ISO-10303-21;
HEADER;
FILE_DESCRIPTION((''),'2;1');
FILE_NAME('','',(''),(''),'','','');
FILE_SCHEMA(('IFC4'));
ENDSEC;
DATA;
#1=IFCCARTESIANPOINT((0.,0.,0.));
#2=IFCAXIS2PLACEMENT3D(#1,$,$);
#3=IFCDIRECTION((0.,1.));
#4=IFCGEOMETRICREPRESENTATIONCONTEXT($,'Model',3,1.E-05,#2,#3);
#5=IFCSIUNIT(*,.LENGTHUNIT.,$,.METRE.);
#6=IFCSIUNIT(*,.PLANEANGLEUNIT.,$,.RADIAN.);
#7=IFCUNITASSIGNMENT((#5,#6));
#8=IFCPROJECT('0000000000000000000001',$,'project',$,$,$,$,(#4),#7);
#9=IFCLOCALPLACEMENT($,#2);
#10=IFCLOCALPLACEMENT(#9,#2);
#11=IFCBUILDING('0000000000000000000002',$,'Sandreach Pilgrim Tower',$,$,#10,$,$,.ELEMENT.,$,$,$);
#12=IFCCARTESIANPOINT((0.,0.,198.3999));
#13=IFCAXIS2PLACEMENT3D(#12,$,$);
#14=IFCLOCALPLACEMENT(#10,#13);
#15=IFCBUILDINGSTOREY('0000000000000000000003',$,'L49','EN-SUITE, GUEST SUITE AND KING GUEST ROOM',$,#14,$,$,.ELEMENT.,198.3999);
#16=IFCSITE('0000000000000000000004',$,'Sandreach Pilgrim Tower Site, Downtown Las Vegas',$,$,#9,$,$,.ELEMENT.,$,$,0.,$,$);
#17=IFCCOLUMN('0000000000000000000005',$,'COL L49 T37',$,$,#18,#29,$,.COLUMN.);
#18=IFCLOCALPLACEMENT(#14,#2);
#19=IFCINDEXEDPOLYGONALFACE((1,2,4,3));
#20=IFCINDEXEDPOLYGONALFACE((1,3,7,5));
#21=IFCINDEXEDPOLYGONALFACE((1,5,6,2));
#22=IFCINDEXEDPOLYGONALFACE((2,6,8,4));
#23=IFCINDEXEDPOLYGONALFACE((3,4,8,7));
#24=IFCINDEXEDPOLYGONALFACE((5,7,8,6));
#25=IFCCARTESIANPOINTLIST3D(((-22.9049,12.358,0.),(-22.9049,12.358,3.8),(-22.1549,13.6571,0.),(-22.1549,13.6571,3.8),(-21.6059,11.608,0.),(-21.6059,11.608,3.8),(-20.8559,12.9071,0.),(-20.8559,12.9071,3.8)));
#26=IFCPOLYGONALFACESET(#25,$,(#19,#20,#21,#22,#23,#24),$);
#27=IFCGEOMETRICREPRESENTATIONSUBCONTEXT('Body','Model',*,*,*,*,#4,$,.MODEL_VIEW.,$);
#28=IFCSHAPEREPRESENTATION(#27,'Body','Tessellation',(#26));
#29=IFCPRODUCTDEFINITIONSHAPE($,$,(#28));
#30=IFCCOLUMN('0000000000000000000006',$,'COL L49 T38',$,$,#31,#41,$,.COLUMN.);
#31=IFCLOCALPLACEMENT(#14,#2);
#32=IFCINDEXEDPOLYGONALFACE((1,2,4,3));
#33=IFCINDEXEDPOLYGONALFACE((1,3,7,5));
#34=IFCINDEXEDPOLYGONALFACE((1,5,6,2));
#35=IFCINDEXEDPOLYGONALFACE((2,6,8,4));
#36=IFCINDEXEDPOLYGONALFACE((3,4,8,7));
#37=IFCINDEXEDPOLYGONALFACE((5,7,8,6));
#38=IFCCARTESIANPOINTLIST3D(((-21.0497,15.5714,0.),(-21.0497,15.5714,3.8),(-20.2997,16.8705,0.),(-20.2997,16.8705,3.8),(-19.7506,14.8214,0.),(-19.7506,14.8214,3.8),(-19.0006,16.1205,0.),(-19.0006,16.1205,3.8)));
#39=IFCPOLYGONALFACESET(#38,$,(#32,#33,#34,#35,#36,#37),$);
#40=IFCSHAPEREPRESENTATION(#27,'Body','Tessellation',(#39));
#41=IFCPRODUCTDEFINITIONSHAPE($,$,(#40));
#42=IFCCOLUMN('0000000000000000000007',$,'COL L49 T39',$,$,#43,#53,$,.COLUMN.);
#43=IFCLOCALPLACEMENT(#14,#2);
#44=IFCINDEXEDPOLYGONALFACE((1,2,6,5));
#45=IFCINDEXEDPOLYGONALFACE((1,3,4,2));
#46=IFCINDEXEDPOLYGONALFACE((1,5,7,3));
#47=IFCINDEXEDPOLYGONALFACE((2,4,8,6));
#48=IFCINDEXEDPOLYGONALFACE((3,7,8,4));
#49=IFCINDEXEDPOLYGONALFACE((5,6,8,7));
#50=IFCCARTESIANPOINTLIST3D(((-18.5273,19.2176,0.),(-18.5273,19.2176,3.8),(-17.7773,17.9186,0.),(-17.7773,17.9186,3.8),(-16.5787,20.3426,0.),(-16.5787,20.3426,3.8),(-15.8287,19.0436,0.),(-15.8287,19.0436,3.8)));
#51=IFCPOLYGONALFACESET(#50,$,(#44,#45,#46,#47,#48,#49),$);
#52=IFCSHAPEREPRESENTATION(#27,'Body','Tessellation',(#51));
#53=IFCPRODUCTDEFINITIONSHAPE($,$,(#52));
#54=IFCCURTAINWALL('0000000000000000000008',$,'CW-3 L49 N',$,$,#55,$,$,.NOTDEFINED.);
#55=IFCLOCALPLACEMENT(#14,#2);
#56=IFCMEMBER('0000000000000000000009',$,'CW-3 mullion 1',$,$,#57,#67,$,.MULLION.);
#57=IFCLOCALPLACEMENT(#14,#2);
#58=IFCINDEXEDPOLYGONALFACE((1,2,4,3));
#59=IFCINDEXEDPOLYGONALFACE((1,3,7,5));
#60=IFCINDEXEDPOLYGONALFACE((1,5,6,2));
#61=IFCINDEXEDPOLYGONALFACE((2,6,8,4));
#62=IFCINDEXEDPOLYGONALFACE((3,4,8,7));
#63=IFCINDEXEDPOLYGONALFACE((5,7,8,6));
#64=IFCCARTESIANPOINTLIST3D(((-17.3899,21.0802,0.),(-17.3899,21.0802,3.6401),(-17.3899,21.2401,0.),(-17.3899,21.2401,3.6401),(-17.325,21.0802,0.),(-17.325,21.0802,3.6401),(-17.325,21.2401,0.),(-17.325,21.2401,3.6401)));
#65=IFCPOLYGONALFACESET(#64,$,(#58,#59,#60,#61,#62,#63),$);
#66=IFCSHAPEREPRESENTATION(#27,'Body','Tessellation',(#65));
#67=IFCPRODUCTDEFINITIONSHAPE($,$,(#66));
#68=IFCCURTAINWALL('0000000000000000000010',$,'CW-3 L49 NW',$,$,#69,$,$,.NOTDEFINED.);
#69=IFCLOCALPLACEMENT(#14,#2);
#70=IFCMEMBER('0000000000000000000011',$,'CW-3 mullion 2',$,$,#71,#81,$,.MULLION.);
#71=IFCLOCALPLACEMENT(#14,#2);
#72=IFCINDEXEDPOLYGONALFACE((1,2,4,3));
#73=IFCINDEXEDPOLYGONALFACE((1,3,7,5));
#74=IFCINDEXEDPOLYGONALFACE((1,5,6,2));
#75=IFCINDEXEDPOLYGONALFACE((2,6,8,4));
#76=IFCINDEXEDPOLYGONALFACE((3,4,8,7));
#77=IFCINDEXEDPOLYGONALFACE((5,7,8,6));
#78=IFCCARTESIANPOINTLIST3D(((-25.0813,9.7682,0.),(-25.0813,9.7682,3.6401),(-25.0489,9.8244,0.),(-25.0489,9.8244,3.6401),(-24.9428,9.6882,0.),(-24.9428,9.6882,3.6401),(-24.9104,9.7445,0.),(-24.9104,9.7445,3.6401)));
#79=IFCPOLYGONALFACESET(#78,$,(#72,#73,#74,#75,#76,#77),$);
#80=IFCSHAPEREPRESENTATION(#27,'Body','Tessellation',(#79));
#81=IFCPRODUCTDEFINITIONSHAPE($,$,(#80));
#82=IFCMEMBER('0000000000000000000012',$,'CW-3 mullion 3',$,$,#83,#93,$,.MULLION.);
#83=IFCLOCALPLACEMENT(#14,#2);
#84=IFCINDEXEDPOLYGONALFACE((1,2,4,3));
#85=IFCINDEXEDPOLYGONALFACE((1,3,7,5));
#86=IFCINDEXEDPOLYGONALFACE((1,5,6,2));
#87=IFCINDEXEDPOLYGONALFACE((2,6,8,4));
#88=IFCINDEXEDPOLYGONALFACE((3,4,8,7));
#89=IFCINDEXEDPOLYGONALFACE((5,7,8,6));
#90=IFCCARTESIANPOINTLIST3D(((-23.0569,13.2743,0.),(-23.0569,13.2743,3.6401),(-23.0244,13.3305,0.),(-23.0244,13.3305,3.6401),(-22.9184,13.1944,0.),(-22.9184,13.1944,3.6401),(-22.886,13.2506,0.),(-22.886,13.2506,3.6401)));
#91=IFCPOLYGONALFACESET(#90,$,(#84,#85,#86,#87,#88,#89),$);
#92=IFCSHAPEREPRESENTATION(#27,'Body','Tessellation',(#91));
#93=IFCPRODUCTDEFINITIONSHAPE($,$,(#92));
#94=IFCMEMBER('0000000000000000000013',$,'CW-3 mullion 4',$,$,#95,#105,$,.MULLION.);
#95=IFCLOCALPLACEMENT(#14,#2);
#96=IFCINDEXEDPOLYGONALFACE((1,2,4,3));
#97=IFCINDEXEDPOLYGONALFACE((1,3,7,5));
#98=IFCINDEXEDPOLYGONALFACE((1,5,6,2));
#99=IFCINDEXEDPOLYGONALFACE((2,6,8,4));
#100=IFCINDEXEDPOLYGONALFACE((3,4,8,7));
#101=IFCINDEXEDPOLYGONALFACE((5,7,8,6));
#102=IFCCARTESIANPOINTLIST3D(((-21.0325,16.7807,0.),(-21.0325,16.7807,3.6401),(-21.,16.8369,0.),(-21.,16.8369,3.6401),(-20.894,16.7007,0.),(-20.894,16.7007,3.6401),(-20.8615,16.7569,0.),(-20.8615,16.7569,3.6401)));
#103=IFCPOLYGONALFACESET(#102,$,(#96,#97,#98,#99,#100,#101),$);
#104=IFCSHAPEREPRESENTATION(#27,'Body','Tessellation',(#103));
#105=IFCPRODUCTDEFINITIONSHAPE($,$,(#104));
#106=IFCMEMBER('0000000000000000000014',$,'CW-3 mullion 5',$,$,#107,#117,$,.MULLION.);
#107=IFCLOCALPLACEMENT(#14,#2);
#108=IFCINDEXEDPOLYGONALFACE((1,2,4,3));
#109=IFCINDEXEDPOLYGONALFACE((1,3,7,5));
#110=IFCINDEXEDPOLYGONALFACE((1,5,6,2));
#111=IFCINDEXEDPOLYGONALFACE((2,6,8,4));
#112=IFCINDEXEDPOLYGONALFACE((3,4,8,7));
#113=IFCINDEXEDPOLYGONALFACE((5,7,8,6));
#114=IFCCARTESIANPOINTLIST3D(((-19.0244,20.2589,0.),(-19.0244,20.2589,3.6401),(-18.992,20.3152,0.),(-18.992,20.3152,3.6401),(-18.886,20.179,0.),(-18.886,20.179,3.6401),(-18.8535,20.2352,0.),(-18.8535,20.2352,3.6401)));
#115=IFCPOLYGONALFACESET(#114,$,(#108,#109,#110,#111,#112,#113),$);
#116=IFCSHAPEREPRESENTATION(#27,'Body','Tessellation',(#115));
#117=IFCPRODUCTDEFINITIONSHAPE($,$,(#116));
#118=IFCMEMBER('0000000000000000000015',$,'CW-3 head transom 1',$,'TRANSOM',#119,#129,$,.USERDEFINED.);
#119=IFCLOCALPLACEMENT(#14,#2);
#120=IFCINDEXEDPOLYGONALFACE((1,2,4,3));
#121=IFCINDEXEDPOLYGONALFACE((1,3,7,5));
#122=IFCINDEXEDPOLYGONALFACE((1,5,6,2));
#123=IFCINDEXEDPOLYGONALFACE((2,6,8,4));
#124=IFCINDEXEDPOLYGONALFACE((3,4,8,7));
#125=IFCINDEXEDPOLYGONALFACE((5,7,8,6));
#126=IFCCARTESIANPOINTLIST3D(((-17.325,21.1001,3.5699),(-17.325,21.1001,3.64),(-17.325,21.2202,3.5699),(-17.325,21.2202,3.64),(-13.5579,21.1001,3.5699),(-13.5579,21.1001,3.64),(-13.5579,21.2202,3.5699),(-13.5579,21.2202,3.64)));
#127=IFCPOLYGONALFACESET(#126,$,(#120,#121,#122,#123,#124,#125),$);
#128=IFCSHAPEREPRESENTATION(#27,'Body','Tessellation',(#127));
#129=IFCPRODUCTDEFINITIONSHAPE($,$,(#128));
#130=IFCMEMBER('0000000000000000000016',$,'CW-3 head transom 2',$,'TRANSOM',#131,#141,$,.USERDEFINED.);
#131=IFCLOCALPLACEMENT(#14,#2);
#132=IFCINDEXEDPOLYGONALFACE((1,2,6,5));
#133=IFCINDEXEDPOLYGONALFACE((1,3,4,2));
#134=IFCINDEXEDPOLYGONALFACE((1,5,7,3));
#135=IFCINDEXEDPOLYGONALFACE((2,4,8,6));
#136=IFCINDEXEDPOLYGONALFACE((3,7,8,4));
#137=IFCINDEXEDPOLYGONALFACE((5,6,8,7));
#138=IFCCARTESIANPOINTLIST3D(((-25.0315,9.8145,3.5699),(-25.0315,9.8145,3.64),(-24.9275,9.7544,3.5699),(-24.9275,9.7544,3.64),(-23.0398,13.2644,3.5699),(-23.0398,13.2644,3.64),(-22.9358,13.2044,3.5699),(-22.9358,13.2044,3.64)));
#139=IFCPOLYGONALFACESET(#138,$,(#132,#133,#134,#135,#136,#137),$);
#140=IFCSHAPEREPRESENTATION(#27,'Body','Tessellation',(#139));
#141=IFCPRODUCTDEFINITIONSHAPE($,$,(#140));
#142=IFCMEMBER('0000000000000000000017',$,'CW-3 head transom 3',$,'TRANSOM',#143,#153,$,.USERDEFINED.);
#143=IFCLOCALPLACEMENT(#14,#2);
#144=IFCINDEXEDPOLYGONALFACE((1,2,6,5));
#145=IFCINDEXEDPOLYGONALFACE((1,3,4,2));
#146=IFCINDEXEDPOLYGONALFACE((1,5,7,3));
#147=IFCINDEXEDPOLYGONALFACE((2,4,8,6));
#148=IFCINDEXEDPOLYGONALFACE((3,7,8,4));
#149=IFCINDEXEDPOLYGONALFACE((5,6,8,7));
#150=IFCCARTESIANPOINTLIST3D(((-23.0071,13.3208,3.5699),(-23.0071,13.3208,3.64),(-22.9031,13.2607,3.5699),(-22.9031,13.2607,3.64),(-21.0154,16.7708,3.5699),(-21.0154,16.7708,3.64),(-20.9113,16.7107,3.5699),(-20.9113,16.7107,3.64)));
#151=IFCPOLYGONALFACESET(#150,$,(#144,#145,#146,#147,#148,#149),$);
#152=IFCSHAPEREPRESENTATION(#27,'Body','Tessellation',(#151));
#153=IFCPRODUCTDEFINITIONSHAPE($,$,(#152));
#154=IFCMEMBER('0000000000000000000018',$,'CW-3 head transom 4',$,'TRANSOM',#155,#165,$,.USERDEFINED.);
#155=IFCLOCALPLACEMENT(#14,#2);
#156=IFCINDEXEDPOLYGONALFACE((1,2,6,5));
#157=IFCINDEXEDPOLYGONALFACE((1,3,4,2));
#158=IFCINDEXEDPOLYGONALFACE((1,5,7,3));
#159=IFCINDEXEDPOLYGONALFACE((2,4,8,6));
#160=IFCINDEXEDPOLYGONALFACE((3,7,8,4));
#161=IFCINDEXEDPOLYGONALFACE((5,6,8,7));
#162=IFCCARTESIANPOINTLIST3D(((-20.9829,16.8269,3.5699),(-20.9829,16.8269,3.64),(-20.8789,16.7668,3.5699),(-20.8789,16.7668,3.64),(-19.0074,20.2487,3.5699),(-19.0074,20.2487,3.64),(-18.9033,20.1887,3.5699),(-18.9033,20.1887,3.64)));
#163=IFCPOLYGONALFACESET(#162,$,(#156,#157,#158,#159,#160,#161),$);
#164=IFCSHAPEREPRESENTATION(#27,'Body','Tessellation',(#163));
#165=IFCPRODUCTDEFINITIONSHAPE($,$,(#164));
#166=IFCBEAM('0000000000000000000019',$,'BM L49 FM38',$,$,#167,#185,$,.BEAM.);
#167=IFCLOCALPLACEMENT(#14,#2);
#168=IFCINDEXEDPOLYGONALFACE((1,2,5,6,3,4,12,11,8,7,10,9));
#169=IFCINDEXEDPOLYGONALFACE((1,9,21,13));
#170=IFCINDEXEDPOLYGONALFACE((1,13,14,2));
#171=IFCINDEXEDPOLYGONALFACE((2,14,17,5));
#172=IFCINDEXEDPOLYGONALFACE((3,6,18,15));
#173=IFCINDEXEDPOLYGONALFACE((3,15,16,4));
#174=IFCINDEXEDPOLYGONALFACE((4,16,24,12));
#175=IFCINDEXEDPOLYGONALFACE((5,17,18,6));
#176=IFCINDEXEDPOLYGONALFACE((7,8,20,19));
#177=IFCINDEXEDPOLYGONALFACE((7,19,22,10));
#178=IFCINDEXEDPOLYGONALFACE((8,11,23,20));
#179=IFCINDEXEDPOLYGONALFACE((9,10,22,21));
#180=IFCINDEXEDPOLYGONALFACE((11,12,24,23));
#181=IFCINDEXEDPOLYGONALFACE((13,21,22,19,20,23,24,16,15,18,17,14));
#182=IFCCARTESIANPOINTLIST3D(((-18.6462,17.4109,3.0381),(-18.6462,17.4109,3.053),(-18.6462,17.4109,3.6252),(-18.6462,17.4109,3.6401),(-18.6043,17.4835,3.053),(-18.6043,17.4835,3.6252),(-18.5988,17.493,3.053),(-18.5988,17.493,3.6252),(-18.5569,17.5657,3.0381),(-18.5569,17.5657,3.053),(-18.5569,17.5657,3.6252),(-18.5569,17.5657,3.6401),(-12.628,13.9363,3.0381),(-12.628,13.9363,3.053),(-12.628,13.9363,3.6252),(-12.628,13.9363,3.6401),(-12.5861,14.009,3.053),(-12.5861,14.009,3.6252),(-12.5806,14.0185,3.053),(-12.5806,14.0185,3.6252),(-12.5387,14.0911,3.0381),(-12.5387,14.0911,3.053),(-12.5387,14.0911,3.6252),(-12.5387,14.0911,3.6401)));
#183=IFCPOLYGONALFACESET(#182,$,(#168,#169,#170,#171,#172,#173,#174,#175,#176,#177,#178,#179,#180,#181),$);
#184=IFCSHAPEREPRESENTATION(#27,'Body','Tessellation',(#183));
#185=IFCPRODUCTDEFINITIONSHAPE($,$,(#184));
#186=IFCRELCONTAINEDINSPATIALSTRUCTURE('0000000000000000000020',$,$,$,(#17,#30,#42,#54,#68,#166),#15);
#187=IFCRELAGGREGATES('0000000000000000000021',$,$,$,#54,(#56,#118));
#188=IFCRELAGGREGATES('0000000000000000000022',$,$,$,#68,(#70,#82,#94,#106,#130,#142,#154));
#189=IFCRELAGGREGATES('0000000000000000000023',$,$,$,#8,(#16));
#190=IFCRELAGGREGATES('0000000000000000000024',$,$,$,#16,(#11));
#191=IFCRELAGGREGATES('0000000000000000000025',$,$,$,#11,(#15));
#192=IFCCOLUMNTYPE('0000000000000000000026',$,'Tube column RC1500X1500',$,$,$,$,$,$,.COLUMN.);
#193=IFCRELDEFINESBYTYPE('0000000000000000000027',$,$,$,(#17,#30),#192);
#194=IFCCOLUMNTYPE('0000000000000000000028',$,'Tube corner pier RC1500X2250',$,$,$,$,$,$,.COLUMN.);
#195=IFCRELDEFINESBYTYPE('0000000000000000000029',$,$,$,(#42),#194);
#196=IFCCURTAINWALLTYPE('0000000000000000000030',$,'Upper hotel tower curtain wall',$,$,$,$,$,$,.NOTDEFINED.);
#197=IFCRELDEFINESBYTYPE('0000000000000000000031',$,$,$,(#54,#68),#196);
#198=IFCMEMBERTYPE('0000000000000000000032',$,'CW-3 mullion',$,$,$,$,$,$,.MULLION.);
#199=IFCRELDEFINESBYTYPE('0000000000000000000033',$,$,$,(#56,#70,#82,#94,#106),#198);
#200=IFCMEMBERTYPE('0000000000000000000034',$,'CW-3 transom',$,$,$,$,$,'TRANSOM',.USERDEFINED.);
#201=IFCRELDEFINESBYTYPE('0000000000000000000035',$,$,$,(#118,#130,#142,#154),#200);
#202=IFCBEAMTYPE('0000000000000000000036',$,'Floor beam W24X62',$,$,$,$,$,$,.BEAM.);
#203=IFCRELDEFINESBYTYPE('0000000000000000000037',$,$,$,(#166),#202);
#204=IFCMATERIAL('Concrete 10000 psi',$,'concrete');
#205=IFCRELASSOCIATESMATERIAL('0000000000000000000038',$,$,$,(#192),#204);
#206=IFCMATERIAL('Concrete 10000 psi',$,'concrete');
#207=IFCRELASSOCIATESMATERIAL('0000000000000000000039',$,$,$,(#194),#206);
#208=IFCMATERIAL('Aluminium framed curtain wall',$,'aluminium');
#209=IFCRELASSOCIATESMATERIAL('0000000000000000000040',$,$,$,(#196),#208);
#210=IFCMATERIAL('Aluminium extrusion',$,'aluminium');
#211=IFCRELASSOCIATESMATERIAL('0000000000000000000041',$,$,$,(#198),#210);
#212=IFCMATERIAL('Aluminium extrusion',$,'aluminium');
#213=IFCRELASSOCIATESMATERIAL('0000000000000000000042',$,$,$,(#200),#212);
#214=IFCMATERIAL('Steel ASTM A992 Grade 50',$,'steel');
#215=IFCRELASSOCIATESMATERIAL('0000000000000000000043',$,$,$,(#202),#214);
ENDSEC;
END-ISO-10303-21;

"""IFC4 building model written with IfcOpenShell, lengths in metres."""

from ifc_helpers import new_model, si_unit, direction, frame, origin, origin_2d, place, context, subcontext, project, spatial, rectangle, i_section, extrude, material, material_profile, profile_set, type_object, element, aggregate, save


model = new_model("IFC4")

# Units and contexts
model_context = context("Model", 3, precision=1e-05, world=origin(), true_north=direction((0.0, 1.0)))
body_context = subcontext(model_context, "Body", "Model", "MODEL_VIEW")
ifc_project = project(units=[si_unit("LENGTHUNIT", "METRE"), si_unit("PLANEANGLEUNIT", "RADIAN")], contexts=[model_context])

# Site, building, storey
site_placement = place(None, origin())
site = spatial("IfcSite", under=ifc_project, at=site_placement, Name="Sandreach Pilgrim Tower Site, Downtown Las Vegas", CompositionType="ELEMENT", RefElevation=0.0)
building_placement = place(site_placement, origin())
building = spatial("IfcBuilding", under=site, at=building_placement, Name="Sandreach Pilgrim Tower", CompositionType="ELEMENT")
storey_placement = place(building_placement, frame((0.0, 0.0, 198.3999)))
storey = spatial("IfcBuildingStorey", under=building, at=storey_placement, Name="L49", Description="EN-SUITE, GUEST SUITE AND KING GUEST ROOM", CompositionType="ELEMENT", Elevation=198.3999)

# Columns
ifc_material_1 = material(Name="Concrete 10000 psi", Category="concrete")
ifc_material_profile_1 = material_profile(ifc_material_1, rectangle(XDim=1.5, YDim=1.5, at=origin_2d()), Name="RC1500X1500")
ifc_profile_set_1 = profile_set([ifc_material_profile_1], Name="Concrete 10000 psi")
column_type_1 = type_object("IfcColumnType", Name="Tube column RC1500X1500", PredefinedType="COLUMN", material=ifc_profile_set_1)
for number, where, z_axis, x_axis, name in (
    (1, (-21.8804, 12.6326, 0.0), (0.0, 0.0, 1.0), (-0.866025, 0.5, 0.0), "COL L49 T37"),
    (2, (-20.0251, 15.8459, 0.0), (0.0, 0.0, 1.0), (-0.866025, 0.5, 0.0), "COL L49 T38"),
):
    element("IfcColumn", number, at=place(storey_placement, frame(where, z_axis=z_axis, x_axis=x_axis)), inside=storey, type_object=column_type_1, Name=name, PredefinedType="COLUMN", context=body_context, shape_type="SweptSolid", body=[
        extrude(rectangle(XDim=1.5, YDim=1.5, at=origin_2d()), origin(), (0.0, 0.0, 1.0), 3.8),
    ])
ifc_material_2 = material(Name="Concrete 10000 psi", Category="concrete")
ifc_material_profile_2 = material_profile(ifc_material_2, rectangle(XDim=1.5, YDim=2.25, at=origin_2d()), Name="RC1500X2250")
ifc_profile_set_2 = profile_set([ifc_material_profile_2], Name="Concrete 10000 psi")
column_type_2 = type_object("IfcColumnType", Name="Tube corner pier RC1500X2250", PredefinedType="COLUMN", material=ifc_profile_set_2)
column_placement = place(storey_placement, frame((-17.178, 19.1306, 0.0), z_axis=(0.0, 0.0, 1.0), x_axis=(-0.5, 0.866025, 0.0)))
element("IfcColumn", 3, at=column_placement, inside=storey, type_object=column_type_2, Name="COL L49 T39", PredefinedType="COLUMN", context=body_context, shape_type="SweptSolid", body=[
    extrude(rectangle(XDim=1.5, YDim=2.25, at=origin_2d()), origin(), (0.0, 0.0, 1.0), 3.8),
])

# Curtain wall, member
ifc_material_3 = material(Name="Aluminium framed curtain wall", Category="aluminium")
curtain_wall_type = type_object("IfcCurtainWallType", Name="Upper hotel tower curtain wall", PredefinedType="NOTDEFINED", material=ifc_material_3)
curtain_wall_1_placement = place(storey_placement, origin())
curtain_wall_1 = element("IfcCurtainWall", 4, at=curtain_wall_1_placement, inside=storey, type_object=curtain_wall_type, Name="CW-3 L49 N", PredefinedType="NOTDEFINED")
ifc_material_4 = material(Name="Aluminium extrusion", Category="aluminium")
ifc_material_profile_3 = material_profile(ifc_material_4, rectangle(XDim=0.0649, YDim=0.1599, at=origin_2d()), Name="CW-3M 65X160")
ifc_profile_set_3 = profile_set([ifc_material_profile_3], Name="Aluminium extrusion")
member_type_1 = type_object("IfcMemberType", Name="CW-3 mullion", PredefinedType="MULLION", material=ifc_profile_set_3)
member_1_placement = place(storey_placement, frame((-17.3574, 21.1602, 0.0), z_axis=(0.0, 0.0, 1.0), x_axis=(1.0, 0.0, 0.0)))
member_1 = element("IfcMember", 5, at=member_1_placement, type_object=member_type_1, Name="CW-3 mullion 1", PredefinedType="MULLION", context=body_context, shape_type="SweptSolid", body=[
    extrude(rectangle(XDim=0.0649, YDim=0.1599, at=origin_2d()), origin(), (0.0, 0.0, 1.0), 3.6401),
])

# Curtain wall, members
curtain_wall_2_placement = place(storey_placement, origin())
curtain_wall_2 = element("IfcCurtainWall", 6, at=curtain_wall_2_placement, inside=storey, type_object=curtain_wall_type, Name="CW-3 L49 NW", PredefinedType="NOTDEFINED")
member_2_placement = place(storey_placement, frame((-24.9958, 9.7563, 0.0), z_axis=(0.0, 0.0, 1.0), x_axis=(0.5, 0.866025, 0.0)))
member_2 = element("IfcMember", 7, at=member_2_placement, type_object=member_type_1, Name="CW-3 mullion 2", PredefinedType="MULLION", context=body_context, shape_type="SweptSolid", body=[
    extrude(rectangle(XDim=0.0649, YDim=0.1599, at=origin_2d()), origin(), (0.0, 0.0, 1.0), 3.6401),
])
member_3_placement = place(storey_placement, frame((-22.9714, 13.2625, 0.0), z_axis=(0.0, 0.0, 1.0), x_axis=(0.5, 0.866025, 0.0)))
member_3 = element("IfcMember", 8, at=member_3_placement, type_object=member_type_1, Name="CW-3 mullion 3", PredefinedType="MULLION", context=body_context, shape_type="SweptSolid", body=[
    extrude(rectangle(XDim=0.0649, YDim=0.1599, at=origin_2d()), origin(), (0.0, 0.0, 1.0), 3.6401),
])
member_4_placement = place(storey_placement, frame((-20.947, 16.7688, 0.0), z_axis=(0.0, 0.0, 1.0), x_axis=(0.5, 0.866025, 0.0)))
member_4 = element("IfcMember", 9, at=member_4_placement, type_object=member_type_1, Name="CW-3 mullion 4", PredefinedType="MULLION", context=body_context, shape_type="SweptSolid", body=[
    extrude(rectangle(XDim=0.0649, YDim=0.1599, at=origin_2d()), origin(), (0.0, 0.0, 1.0), 3.6401),
])
member_5_placement = place(storey_placement, frame((-18.939, 20.2471, 0.0), z_axis=(0.0, 0.0, 1.0), x_axis=(0.5, 0.866025, 0.0)))
member_5 = element("IfcMember", 10, at=member_5_placement, type_object=member_type_1, Name="CW-3 mullion 5", PredefinedType="MULLION", context=body_context, shape_type="SweptSolid", body=[
    extrude(rectangle(XDim=0.0649, YDim=0.1599, at=origin_2d()), origin(), (0.0, 0.0, 1.0), 3.6401),
])

# Members
ifc_material_5 = material(Name="Aluminium extrusion", Category="aluminium")
ifc_material_profile_4 = material_profile(ifc_material_5, rectangle(XDim=0.1201, YDim=0.0701, at=origin_2d()), Name="CW-3T 120X70")
ifc_profile_set_4 = profile_set([ifc_material_profile_4], Name="Aluminium extrusion")
member_type_2 = type_object("IfcMemberType", Name="CW-3 transom", ElementType="TRANSOM", PredefinedType="USERDEFINED", material=ifc_profile_set_4)
member_6_placement = place(storey_placement, frame((-17.325, 21.1602, 3.605), z_axis=(1.0, 0.0, 0.0), x_axis=(0.0, 1.0, 0.0)))
member_6 = element("IfcMember", 11, at=member_6_placement, type_object=member_type_2, Name="CW-3 head transom 1", ObjectType="TRANSOM", PredefinedType="USERDEFINED", context=body_context, shape_type="SweptSolid", body=[
    extrude(rectangle(XDim=0.1201, YDim=0.0701, at=origin_2d()), origin(), (0.0, 0.0, 1.0), 3.7671),
])
aggregate(curtain_wall_1, [member_1, member_6])
member_7_placement = place(storey_placement, frame((-24.9795, 9.7844, 3.605), z_axis=(0.499975, 0.86604, 0.0), x_axis=(-0.86604, 0.499975, 0.0)))
member_7 = element("IfcMember", 12, at=member_7_placement, type_object=member_type_2, Name="CW-3 head transom 2", ObjectType="TRANSOM", PredefinedType="USERDEFINED", context=body_context, shape_type="SweptSolid", body=[
    extrude(rectangle(XDim=0.1201, YDim=0.0701, at=origin_2d()), origin(), (0.0, 0.0, 1.0), 3.9836),
])
member_8_placement = place(storey_placement, frame((-22.9551, 13.2908, 3.605), z_axis=(0.499975, 0.86604, 0.0), x_axis=(-0.86604, 0.499975, 0.0)))
member_8 = element("IfcMember", 13, at=member_8_placement, type_object=member_type_2, Name="CW-3 head transom 3", ObjectType="TRANSOM", PredefinedType="USERDEFINED", context=body_context, shape_type="SweptSolid", body=[
    extrude(rectangle(XDim=0.1201, YDim=0.0701, at=origin_2d()), origin(), (0.0, 0.0, 1.0), 3.9836),
])
member_9_placement = place(storey_placement, frame((-20.9309, 16.7969, 3.605), z_axis=(0.499993, 0.866029, 0.0), x_axis=(-0.866029, 0.499993, 0.0)))
member_9 = element("IfcMember", 14, at=member_9_placement, type_object=member_type_2, Name="CW-3 head transom 4", ObjectType="TRANSOM", PredefinedType="USERDEFINED", context=body_context, shape_type="SweptSolid", body=[
    extrude(rectangle(XDim=0.1201, YDim=0.0701, at=origin_2d()), origin(), (0.0, 0.0, 1.0), 3.9512),
])

# Beam
ifc_material_6 = material(Name="Steel ASTM A992 Grade 50", Category="steel")
ifc_material_profile_5 = material_profile(ifc_material_6, i_section(OverallWidth=0.1787, OverallDepth=0.6021, WebThickness=0.011, FlangeThickness=0.0149, at=origin_2d()), Name="W24X62")
ifc_profile_set_5 = profile_set([ifc_material_profile_5], Name="Steel ASTM A992 Grade 50")
beam_type_1 = type_object("IfcBeamType", Name="Floor beam W24X62", PredefinedType="BEAM", material=ifc_profile_set_5)
beam_1_placement = place(storey_placement, frame((-18.6016, 17.4883, 3.3391), z_axis=(0.866029, -0.499993, 0.0), x_axis=(0.499993, 0.866029, 0.0)))
element("IfcBeam", 15, at=beam_1_placement, inside=storey, type_object=beam_type_1, Name="BM L49 FM38", PredefinedType="BEAM", context=body_context, shape_type="SweptSolid", body=[
    extrude(i_section(OverallWidth=0.1787, OverallDepth=0.6021, WebThickness=0.011, FlangeThickness=0.0149, at=origin_2d()), origin(), (0.0, 0.0, 1.0), 6.9492),
])

aggregate(curtain_wall_2, [member_2, member_3, member_4, member_5, member_7, member_8, member_9])

save(model, "model.ifc")
